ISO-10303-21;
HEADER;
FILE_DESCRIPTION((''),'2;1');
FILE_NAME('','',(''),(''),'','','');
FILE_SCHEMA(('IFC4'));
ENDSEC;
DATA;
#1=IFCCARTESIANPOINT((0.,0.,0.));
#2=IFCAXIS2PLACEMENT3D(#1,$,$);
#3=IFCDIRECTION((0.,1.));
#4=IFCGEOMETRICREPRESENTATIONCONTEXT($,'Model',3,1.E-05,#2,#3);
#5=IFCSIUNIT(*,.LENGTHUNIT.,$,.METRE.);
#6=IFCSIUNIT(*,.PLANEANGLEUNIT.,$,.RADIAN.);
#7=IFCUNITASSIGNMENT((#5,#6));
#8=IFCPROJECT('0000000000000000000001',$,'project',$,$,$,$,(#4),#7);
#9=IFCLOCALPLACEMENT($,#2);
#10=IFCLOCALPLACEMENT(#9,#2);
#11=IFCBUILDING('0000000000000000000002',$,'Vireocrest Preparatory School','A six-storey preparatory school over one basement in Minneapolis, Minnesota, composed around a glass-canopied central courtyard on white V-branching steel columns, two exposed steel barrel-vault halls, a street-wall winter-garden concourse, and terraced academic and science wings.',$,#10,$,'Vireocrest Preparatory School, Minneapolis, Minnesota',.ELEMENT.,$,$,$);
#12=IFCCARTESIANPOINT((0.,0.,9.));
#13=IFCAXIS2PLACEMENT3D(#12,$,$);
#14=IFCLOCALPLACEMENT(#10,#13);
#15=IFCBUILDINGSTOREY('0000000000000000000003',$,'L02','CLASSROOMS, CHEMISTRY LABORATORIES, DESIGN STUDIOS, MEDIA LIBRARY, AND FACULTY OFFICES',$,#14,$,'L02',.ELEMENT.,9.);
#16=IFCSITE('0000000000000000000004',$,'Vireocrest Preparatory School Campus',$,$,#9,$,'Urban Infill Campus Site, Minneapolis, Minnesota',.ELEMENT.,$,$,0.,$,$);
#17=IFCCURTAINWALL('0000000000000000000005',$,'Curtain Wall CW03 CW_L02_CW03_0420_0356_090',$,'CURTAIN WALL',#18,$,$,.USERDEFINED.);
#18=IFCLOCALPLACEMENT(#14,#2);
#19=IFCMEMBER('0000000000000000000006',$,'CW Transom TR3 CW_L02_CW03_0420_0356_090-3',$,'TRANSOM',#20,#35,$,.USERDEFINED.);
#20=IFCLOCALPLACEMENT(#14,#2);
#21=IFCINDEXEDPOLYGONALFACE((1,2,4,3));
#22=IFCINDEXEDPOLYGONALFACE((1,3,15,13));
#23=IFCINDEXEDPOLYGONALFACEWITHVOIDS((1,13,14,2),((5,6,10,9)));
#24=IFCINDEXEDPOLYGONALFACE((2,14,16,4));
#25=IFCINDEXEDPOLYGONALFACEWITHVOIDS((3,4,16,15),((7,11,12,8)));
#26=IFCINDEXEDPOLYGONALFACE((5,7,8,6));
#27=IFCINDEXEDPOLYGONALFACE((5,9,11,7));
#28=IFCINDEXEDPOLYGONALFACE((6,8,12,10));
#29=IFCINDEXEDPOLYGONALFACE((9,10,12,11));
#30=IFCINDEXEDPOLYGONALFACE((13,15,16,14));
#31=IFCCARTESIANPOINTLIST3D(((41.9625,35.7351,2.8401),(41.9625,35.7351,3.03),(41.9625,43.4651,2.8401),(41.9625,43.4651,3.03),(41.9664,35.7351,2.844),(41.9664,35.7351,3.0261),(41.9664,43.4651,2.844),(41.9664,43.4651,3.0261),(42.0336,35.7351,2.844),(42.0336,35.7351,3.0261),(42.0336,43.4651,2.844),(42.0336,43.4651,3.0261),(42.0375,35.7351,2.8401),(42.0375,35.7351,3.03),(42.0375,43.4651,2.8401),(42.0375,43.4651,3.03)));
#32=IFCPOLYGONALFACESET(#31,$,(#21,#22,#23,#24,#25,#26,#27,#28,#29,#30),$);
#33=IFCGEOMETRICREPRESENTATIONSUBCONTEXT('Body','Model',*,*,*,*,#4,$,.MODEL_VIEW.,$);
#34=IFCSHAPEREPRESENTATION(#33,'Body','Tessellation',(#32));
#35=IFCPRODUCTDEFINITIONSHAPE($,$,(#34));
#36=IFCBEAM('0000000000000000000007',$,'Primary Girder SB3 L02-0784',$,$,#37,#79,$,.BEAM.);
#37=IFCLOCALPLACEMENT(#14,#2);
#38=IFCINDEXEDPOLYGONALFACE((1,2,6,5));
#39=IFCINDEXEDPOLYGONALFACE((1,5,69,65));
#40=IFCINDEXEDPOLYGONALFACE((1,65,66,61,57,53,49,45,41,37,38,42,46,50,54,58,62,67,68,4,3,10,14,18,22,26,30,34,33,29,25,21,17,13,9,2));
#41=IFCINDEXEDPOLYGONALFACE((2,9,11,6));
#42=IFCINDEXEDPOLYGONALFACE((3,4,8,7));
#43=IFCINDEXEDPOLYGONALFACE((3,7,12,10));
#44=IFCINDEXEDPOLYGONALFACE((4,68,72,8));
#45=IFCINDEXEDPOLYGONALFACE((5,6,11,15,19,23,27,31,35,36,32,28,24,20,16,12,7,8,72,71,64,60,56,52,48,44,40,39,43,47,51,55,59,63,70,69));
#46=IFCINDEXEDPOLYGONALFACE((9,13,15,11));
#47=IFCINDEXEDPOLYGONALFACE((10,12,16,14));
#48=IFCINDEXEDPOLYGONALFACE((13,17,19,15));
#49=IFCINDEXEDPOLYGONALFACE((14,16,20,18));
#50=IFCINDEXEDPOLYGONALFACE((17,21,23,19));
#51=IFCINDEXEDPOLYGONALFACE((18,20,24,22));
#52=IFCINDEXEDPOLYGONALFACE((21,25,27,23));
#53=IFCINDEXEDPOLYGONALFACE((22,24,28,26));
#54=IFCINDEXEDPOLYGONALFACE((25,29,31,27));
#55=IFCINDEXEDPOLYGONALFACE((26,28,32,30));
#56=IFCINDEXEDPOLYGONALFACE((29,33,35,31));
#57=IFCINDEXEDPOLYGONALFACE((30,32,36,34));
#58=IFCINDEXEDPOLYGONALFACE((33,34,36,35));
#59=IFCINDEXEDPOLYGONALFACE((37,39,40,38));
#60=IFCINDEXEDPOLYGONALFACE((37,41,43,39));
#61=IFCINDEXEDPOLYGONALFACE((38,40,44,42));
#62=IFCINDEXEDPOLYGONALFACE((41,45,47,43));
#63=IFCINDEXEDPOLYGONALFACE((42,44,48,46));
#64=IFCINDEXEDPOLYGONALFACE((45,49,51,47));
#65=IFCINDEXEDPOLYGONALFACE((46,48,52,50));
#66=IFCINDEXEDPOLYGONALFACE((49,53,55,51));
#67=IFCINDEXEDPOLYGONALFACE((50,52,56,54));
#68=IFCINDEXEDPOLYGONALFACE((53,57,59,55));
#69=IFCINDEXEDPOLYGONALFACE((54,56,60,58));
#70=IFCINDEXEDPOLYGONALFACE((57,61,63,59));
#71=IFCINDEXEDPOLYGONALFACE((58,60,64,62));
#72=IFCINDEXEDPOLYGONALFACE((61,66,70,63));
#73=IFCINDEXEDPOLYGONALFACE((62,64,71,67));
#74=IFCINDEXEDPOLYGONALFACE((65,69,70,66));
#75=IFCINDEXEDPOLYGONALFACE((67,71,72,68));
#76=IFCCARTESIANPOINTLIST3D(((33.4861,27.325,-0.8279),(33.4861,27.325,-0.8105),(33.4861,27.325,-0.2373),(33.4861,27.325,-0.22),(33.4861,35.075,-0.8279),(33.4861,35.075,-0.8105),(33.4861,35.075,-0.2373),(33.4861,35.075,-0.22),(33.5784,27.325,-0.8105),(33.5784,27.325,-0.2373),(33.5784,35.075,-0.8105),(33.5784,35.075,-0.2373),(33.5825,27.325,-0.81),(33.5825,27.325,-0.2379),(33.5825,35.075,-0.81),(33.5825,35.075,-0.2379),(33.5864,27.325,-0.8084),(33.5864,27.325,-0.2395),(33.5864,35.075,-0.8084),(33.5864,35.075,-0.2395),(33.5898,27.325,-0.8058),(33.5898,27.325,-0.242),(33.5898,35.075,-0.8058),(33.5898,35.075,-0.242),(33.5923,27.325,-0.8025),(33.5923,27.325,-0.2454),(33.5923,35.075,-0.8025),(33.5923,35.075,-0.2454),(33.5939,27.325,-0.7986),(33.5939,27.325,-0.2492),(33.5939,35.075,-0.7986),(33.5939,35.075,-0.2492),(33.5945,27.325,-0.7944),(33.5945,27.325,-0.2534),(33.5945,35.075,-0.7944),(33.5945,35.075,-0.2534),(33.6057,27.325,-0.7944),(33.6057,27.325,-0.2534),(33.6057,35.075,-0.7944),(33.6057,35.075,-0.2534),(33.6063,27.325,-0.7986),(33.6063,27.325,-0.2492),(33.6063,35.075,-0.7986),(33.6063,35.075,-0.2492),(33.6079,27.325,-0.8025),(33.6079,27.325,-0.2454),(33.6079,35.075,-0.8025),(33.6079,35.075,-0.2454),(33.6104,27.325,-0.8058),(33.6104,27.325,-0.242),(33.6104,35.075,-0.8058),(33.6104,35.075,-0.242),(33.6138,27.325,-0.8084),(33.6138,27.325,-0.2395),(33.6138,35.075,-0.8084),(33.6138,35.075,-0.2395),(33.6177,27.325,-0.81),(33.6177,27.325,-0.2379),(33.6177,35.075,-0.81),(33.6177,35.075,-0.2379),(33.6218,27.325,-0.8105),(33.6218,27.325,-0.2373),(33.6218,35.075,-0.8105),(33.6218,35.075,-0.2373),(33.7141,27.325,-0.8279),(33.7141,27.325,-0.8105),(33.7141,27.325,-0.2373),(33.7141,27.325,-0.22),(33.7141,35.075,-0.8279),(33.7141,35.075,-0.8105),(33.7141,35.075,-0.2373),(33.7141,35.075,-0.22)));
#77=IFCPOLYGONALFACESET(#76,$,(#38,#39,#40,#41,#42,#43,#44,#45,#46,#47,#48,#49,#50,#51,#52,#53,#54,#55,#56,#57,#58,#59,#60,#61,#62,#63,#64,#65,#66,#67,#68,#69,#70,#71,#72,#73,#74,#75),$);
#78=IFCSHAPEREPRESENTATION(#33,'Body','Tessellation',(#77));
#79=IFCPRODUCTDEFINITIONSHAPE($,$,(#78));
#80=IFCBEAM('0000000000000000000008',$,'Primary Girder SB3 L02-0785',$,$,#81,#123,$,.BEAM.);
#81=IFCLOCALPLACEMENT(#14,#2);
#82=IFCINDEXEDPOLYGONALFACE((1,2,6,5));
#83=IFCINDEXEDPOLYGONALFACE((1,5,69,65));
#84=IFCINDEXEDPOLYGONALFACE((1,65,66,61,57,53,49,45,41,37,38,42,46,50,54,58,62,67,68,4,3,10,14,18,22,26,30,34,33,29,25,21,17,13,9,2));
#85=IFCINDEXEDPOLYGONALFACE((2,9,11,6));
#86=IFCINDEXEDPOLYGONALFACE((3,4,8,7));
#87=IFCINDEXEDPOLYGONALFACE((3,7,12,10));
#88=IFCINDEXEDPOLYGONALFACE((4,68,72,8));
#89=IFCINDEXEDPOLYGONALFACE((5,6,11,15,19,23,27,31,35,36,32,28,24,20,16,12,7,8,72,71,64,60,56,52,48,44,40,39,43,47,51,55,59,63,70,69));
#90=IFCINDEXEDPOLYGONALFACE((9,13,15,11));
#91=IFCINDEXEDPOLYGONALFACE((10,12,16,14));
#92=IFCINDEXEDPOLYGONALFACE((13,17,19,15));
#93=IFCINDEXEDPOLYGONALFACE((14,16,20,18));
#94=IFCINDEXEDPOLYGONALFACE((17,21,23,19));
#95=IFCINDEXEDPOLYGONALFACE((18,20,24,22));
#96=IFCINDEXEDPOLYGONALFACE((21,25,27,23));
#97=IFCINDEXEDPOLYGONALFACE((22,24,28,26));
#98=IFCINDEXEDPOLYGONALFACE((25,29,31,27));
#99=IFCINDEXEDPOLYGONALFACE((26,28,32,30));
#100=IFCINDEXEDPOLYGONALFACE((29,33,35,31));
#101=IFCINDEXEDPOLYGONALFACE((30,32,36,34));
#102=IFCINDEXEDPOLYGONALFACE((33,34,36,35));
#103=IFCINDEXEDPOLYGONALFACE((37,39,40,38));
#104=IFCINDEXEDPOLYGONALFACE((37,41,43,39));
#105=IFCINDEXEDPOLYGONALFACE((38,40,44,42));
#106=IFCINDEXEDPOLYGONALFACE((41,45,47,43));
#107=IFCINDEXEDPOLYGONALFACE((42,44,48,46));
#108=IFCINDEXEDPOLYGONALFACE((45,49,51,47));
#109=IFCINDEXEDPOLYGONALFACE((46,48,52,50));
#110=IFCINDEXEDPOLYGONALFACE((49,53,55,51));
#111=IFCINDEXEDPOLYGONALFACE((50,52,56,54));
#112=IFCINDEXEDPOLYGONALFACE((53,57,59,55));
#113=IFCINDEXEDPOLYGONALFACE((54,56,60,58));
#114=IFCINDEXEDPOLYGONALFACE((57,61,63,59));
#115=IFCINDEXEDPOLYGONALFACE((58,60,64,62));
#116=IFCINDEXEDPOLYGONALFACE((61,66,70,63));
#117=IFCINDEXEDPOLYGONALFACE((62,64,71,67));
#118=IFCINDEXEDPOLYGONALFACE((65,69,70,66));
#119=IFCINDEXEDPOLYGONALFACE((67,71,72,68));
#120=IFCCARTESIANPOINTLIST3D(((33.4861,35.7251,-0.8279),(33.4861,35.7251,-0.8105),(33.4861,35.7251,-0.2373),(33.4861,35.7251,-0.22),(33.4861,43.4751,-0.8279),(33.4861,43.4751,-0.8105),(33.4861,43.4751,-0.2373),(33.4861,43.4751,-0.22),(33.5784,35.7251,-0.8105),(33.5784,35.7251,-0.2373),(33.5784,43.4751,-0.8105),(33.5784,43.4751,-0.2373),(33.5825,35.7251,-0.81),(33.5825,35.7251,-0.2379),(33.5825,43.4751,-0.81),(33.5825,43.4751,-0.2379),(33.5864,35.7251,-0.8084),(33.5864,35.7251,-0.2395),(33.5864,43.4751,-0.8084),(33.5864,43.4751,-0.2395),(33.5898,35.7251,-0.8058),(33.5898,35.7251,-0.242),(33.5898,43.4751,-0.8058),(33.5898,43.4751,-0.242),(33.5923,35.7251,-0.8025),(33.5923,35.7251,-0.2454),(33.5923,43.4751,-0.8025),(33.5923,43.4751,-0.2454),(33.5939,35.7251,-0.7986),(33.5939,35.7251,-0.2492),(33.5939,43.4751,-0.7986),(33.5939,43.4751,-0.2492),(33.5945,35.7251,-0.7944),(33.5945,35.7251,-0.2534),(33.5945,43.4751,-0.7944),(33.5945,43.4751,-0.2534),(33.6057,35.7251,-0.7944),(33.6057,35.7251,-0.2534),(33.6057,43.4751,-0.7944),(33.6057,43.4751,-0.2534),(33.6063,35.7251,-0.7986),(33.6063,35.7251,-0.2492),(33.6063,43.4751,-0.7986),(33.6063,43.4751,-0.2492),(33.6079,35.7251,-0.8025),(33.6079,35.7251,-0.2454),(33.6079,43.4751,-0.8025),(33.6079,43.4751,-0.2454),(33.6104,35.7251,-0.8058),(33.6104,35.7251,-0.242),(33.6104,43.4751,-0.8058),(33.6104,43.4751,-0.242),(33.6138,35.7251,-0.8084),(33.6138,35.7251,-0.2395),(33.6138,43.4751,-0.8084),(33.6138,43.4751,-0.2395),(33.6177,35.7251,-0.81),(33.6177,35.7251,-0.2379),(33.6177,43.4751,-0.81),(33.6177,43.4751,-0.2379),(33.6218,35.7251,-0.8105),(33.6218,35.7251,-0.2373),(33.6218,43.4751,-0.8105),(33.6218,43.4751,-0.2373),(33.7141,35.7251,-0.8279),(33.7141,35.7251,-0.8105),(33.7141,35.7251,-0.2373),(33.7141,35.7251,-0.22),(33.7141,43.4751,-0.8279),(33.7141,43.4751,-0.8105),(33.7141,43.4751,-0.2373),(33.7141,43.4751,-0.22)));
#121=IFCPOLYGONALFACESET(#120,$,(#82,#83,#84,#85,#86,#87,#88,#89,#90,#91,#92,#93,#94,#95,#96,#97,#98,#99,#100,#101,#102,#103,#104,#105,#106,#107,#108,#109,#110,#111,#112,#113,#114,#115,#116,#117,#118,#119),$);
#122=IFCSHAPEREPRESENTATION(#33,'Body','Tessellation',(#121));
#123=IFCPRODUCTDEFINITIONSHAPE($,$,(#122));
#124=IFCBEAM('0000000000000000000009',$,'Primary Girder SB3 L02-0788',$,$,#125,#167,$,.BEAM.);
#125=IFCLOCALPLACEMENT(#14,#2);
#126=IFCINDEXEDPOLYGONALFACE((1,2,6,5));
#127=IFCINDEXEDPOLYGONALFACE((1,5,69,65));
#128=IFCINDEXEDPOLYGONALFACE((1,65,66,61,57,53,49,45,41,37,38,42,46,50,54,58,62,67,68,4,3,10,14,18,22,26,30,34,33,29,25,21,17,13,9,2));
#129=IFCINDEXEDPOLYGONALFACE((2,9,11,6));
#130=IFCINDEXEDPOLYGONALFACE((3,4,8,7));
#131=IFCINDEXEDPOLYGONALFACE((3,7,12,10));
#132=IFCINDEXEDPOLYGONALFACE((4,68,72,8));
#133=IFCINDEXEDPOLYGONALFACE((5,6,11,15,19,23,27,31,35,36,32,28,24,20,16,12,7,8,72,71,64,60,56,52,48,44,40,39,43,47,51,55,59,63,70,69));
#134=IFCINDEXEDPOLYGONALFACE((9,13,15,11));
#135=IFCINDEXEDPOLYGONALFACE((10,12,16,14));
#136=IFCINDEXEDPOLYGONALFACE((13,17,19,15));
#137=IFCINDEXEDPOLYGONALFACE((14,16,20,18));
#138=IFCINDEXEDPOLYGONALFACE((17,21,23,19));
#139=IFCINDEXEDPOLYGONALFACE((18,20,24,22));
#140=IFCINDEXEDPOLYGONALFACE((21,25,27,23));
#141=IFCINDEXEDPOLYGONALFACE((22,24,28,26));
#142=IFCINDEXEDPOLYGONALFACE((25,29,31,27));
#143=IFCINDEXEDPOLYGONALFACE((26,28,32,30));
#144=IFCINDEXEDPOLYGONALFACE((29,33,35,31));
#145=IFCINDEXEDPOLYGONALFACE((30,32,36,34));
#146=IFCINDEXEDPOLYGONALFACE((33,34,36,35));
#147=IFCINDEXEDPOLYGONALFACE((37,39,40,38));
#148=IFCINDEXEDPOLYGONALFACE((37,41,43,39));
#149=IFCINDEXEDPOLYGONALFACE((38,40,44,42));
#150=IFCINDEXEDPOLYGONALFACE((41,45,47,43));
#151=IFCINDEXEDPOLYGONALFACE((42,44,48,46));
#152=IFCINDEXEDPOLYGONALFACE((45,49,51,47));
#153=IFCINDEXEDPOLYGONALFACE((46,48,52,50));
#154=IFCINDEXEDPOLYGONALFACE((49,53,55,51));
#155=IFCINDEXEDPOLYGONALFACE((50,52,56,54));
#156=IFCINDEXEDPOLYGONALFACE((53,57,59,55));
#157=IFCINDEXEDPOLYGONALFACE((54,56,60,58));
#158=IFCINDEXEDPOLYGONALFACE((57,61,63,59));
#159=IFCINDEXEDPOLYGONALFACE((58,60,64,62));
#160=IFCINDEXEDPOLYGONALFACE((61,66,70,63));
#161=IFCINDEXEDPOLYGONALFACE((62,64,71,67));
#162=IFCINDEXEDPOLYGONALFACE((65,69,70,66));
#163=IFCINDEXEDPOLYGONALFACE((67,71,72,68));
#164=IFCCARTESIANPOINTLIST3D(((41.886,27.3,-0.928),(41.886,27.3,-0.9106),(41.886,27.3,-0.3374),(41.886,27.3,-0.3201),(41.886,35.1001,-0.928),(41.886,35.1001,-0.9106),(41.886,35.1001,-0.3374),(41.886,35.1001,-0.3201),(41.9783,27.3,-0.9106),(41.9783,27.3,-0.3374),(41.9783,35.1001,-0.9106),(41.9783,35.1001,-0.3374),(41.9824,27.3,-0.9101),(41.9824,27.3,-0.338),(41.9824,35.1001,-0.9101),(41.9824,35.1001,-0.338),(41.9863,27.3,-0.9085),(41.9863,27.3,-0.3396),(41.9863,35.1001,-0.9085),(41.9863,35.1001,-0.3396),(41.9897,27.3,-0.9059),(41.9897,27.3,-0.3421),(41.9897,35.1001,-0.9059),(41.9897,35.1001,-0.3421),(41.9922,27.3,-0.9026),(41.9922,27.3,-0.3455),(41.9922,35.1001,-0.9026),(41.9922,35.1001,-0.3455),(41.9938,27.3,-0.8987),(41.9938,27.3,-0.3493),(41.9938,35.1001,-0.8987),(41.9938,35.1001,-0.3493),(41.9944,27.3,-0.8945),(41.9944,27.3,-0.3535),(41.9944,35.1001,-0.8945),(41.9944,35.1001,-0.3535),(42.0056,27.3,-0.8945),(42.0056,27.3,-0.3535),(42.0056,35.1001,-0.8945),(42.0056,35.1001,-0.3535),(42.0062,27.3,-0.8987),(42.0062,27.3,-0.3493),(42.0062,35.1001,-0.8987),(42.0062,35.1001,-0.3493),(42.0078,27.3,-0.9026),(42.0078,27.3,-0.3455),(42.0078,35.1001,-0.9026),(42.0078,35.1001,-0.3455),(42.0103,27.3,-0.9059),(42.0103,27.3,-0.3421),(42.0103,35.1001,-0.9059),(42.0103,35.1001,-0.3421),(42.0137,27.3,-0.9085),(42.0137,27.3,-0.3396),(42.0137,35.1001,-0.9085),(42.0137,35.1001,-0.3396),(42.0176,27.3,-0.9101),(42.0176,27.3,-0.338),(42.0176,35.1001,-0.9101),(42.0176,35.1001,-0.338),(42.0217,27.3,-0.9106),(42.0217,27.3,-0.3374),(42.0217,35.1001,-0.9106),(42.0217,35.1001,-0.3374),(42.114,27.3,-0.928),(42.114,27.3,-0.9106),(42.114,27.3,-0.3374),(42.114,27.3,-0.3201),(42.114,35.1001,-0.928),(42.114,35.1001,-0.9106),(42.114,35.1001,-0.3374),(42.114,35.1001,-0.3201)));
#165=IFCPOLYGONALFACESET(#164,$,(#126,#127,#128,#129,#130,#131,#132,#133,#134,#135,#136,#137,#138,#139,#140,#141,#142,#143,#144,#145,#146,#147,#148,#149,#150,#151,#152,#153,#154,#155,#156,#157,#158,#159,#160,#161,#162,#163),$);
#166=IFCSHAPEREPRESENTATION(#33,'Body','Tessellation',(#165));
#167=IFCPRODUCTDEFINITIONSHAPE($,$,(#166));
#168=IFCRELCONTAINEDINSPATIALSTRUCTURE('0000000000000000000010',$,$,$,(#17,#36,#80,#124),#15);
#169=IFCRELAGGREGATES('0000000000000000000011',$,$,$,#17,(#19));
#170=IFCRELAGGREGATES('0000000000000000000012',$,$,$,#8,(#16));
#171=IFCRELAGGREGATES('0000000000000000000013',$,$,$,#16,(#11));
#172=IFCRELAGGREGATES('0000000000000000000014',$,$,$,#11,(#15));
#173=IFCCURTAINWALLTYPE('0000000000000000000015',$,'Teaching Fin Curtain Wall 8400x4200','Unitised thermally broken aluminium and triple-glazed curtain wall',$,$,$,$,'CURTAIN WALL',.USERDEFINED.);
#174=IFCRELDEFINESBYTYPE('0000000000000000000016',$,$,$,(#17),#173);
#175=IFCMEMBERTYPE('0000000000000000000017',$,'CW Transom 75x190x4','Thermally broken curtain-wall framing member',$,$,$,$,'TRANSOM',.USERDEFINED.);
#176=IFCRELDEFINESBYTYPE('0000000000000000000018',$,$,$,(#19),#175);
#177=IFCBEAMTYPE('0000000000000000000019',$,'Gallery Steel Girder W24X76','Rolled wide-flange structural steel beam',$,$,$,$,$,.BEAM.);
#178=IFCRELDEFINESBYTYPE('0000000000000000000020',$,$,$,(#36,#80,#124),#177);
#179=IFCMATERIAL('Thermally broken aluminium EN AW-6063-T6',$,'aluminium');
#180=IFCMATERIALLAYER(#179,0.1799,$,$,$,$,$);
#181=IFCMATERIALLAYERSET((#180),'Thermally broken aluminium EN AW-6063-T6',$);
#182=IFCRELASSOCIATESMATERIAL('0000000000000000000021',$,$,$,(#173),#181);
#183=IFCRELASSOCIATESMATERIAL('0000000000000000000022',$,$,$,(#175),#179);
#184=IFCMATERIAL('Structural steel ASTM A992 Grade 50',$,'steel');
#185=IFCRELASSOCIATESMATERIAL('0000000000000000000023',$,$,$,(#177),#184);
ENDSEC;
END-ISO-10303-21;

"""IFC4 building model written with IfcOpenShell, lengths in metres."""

from ifc_helpers import new_model, si_unit, direction, frame, origin, origin_2d, place, context, subcontext, project, spatial, hollow_rectangle, i_section, extrude, material, layer, layer_set, material_profile, profile_set, type_object, element, aggregate, save


model = new_model("IFC4")

# Units and contexts
model_context = context("Model", 3, precision=1e-05, world=origin(), true_north=direction((0.0, 1.0)))
body_context = subcontext(model_context, "Body", "Model", "MODEL_VIEW")
ifc_project = project(units=[si_unit("LENGTHUNIT", "METRE"), si_unit("PLANEANGLEUNIT", "RADIAN")], contexts=[model_context])

# Site, building, storey
site_placement = place(None, origin())
site = spatial("IfcSite", under=ifc_project, at=site_placement, Name="Vireocrest Preparatory School Campus", LongName="Urban Infill Campus Site, Minneapolis, Minnesota", CompositionType="ELEMENT", RefElevation=0.0)
building_placement = place(site_placement, origin())
building = spatial("IfcBuilding", under=site, at=building_placement, Name="Vireocrest Preparatory School", Description="A six-storey preparatory school over one basement in Minneapolis, Minnesota, composed around a glass-canopied central courtyard on white V-branching steel columns, two exposed steel barrel-vault halls, a street-wall winter-garden concourse, and terraced academic and science wings.", LongName="Vireocrest Preparatory School, Minneapolis, Minnesota", CompositionType="ELEMENT")
storey_placement = place(building_placement, frame((0.0, 0.0, 9.0)))
storey = spatial("IfcBuildingStorey", under=building, at=storey_placement, Name="L02", Description="CLASSROOMS, CHEMISTRY LABORATORIES, DESIGN STUDIOS, MEDIA LIBRARY, AND FACULTY OFFICES", LongName="L02", CompositionType="ELEMENT", Elevation=9.0)

# Curtain wall, member
ifc_material_1 = material(Name="Thermally broken aluminium EN AW-6063-T6", Category="aluminium")
ifc_layer_1 = layer(ifc_material_1, 0.1799)
ifc_layer_set_1 = layer_set([ifc_layer_1], Name="Thermally broken aluminium EN AW-6063-T6")
curtain_wall_type = type_object("IfcCurtainWallType", Name="Teaching Fin Curtain Wall 8400x4200", Description="Unitised thermally broken aluminium and triple-glazed curtain wall", ElementType="CURTAIN WALL", PredefinedType="USERDEFINED", material=ifc_layer_set_1)
curtain_wall_placement = place(storey_placement, origin())
curtain_wall = element("IfcCurtainWall", 1, at=curtain_wall_placement, inside=storey, type_object=curtain_wall_type, Name="Curtain Wall CW03 CW_L02_CW03_0420_0356_090", ObjectType="CURTAIN WALL", PredefinedType="USERDEFINED")
ifc_material_profile_1 = material_profile(ifc_material_1, hollow_rectangle(XDim=0.075, YDim=0.1899, WallThickness=0.0039, at=origin_2d()), Name="ALU 75x190x4")
ifc_profile_set_1 = profile_set([ifc_material_profile_1], Name="Thermally broken aluminium EN AW-6063-T6")
member_type_1 = type_object("IfcMemberType", Name="CW Transom 75x190x4", Description="Thermally broken curtain-wall framing member", ElementType="TRANSOM", PredefinedType="USERDEFINED", material=ifc_profile_set_1)
member_1_placement = place(storey_placement, frame((42.0, 35.7351, 2.9351), z_axis=(0.0, 1.0, 0.0), x_axis=(-1.0, 0.0, 0.0)))
member_1 = element("IfcMember", 2, at=member_1_placement, type_object=member_type_1, Name="CW Transom TR3 CW_L02_CW03_0420_0356_090-3", ObjectType="TRANSOM", PredefinedType="USERDEFINED", context=body_context, shape_type="SweptSolid", body=[
    extrude(hollow_rectangle(XDim=0.075, YDim=0.1899, WallThickness=0.0039, at=origin_2d()), origin(), (0.0, 0.0, 1.0), 7.73),
])
aggregate(curtain_wall, [member_1])

# Beams
ifc_material_2 = material(Name="Structural steel ASTM A992 Grade 50", Category="steel")
ifc_material_profile_2 = material_profile(ifc_material_2, i_section(OverallWidth=0.228, OverallDepth=0.6079, WebThickness=0.0112, FlangeThickness=0.0173, FilletRadius=0.0161, at=origin_2d()), Name="W24X76")
ifc_profile_set_2 = profile_set([ifc_material_profile_2], Name="Structural steel ASTM A992 Grade 50")
beam_type_1 = type_object("IfcBeamType", Name="Gallery Steel Girder W24X76", Description="Rolled wide-flange structural steel beam", PredefinedType="BEAM", material=ifc_profile_set_2)
for number, where, z_axis, x_axis, name in (
    (3, (33.6001, 27.325, -0.5239), (0.0, 1.0, 0.0), (-1.0, 0.0, 0.0), "Primary Girder SB3 L02-0784"),
    (4, (33.6001, 35.7251, -0.5239), (0.0, 1.0, 0.0), (-1.0, 0.0, 0.0), "Primary Girder SB3 L02-0785"),
):
    element("IfcBeam", number, at=place(storey_placement, frame(where, z_axis=z_axis, x_axis=x_axis)), inside=storey, type_object=beam_type_1, Name=name, PredefinedType="BEAM", context=body_context, shape_type="SweptSolid", body=[
        extrude(i_section(OverallWidth=0.228, OverallDepth=0.6079, WebThickness=0.0112, FlangeThickness=0.0173, FilletRadius=0.0161, at=origin_2d()), origin(), (0.0, 0.0, 1.0), 7.75),
    ])
for number, where, z_axis, x_axis, name in (
    (5, (42.0, 27.3, -0.624), (0.0, 1.0, 0.0), (-1.0, 0.0, 0.0), "Primary Girder SB3 L02-0788"),
):
    element("IfcBeam", number, at=place(storey_placement, frame(where, z_axis=z_axis, x_axis=x_axis)), inside=storey, type_object=beam_type_1, Name=name, PredefinedType="BEAM", context=body_context, shape_type="SweptSolid", body=[
        extrude(i_section(OverallWidth=0.228, OverallDepth=0.6079, WebThickness=0.0112, FlangeThickness=0.0173, FilletRadius=0.0161, at=origin_2d()), origin(), (0.0, 0.0, 1.0), 7.8),
    ])

save(model, "model.ifc")
